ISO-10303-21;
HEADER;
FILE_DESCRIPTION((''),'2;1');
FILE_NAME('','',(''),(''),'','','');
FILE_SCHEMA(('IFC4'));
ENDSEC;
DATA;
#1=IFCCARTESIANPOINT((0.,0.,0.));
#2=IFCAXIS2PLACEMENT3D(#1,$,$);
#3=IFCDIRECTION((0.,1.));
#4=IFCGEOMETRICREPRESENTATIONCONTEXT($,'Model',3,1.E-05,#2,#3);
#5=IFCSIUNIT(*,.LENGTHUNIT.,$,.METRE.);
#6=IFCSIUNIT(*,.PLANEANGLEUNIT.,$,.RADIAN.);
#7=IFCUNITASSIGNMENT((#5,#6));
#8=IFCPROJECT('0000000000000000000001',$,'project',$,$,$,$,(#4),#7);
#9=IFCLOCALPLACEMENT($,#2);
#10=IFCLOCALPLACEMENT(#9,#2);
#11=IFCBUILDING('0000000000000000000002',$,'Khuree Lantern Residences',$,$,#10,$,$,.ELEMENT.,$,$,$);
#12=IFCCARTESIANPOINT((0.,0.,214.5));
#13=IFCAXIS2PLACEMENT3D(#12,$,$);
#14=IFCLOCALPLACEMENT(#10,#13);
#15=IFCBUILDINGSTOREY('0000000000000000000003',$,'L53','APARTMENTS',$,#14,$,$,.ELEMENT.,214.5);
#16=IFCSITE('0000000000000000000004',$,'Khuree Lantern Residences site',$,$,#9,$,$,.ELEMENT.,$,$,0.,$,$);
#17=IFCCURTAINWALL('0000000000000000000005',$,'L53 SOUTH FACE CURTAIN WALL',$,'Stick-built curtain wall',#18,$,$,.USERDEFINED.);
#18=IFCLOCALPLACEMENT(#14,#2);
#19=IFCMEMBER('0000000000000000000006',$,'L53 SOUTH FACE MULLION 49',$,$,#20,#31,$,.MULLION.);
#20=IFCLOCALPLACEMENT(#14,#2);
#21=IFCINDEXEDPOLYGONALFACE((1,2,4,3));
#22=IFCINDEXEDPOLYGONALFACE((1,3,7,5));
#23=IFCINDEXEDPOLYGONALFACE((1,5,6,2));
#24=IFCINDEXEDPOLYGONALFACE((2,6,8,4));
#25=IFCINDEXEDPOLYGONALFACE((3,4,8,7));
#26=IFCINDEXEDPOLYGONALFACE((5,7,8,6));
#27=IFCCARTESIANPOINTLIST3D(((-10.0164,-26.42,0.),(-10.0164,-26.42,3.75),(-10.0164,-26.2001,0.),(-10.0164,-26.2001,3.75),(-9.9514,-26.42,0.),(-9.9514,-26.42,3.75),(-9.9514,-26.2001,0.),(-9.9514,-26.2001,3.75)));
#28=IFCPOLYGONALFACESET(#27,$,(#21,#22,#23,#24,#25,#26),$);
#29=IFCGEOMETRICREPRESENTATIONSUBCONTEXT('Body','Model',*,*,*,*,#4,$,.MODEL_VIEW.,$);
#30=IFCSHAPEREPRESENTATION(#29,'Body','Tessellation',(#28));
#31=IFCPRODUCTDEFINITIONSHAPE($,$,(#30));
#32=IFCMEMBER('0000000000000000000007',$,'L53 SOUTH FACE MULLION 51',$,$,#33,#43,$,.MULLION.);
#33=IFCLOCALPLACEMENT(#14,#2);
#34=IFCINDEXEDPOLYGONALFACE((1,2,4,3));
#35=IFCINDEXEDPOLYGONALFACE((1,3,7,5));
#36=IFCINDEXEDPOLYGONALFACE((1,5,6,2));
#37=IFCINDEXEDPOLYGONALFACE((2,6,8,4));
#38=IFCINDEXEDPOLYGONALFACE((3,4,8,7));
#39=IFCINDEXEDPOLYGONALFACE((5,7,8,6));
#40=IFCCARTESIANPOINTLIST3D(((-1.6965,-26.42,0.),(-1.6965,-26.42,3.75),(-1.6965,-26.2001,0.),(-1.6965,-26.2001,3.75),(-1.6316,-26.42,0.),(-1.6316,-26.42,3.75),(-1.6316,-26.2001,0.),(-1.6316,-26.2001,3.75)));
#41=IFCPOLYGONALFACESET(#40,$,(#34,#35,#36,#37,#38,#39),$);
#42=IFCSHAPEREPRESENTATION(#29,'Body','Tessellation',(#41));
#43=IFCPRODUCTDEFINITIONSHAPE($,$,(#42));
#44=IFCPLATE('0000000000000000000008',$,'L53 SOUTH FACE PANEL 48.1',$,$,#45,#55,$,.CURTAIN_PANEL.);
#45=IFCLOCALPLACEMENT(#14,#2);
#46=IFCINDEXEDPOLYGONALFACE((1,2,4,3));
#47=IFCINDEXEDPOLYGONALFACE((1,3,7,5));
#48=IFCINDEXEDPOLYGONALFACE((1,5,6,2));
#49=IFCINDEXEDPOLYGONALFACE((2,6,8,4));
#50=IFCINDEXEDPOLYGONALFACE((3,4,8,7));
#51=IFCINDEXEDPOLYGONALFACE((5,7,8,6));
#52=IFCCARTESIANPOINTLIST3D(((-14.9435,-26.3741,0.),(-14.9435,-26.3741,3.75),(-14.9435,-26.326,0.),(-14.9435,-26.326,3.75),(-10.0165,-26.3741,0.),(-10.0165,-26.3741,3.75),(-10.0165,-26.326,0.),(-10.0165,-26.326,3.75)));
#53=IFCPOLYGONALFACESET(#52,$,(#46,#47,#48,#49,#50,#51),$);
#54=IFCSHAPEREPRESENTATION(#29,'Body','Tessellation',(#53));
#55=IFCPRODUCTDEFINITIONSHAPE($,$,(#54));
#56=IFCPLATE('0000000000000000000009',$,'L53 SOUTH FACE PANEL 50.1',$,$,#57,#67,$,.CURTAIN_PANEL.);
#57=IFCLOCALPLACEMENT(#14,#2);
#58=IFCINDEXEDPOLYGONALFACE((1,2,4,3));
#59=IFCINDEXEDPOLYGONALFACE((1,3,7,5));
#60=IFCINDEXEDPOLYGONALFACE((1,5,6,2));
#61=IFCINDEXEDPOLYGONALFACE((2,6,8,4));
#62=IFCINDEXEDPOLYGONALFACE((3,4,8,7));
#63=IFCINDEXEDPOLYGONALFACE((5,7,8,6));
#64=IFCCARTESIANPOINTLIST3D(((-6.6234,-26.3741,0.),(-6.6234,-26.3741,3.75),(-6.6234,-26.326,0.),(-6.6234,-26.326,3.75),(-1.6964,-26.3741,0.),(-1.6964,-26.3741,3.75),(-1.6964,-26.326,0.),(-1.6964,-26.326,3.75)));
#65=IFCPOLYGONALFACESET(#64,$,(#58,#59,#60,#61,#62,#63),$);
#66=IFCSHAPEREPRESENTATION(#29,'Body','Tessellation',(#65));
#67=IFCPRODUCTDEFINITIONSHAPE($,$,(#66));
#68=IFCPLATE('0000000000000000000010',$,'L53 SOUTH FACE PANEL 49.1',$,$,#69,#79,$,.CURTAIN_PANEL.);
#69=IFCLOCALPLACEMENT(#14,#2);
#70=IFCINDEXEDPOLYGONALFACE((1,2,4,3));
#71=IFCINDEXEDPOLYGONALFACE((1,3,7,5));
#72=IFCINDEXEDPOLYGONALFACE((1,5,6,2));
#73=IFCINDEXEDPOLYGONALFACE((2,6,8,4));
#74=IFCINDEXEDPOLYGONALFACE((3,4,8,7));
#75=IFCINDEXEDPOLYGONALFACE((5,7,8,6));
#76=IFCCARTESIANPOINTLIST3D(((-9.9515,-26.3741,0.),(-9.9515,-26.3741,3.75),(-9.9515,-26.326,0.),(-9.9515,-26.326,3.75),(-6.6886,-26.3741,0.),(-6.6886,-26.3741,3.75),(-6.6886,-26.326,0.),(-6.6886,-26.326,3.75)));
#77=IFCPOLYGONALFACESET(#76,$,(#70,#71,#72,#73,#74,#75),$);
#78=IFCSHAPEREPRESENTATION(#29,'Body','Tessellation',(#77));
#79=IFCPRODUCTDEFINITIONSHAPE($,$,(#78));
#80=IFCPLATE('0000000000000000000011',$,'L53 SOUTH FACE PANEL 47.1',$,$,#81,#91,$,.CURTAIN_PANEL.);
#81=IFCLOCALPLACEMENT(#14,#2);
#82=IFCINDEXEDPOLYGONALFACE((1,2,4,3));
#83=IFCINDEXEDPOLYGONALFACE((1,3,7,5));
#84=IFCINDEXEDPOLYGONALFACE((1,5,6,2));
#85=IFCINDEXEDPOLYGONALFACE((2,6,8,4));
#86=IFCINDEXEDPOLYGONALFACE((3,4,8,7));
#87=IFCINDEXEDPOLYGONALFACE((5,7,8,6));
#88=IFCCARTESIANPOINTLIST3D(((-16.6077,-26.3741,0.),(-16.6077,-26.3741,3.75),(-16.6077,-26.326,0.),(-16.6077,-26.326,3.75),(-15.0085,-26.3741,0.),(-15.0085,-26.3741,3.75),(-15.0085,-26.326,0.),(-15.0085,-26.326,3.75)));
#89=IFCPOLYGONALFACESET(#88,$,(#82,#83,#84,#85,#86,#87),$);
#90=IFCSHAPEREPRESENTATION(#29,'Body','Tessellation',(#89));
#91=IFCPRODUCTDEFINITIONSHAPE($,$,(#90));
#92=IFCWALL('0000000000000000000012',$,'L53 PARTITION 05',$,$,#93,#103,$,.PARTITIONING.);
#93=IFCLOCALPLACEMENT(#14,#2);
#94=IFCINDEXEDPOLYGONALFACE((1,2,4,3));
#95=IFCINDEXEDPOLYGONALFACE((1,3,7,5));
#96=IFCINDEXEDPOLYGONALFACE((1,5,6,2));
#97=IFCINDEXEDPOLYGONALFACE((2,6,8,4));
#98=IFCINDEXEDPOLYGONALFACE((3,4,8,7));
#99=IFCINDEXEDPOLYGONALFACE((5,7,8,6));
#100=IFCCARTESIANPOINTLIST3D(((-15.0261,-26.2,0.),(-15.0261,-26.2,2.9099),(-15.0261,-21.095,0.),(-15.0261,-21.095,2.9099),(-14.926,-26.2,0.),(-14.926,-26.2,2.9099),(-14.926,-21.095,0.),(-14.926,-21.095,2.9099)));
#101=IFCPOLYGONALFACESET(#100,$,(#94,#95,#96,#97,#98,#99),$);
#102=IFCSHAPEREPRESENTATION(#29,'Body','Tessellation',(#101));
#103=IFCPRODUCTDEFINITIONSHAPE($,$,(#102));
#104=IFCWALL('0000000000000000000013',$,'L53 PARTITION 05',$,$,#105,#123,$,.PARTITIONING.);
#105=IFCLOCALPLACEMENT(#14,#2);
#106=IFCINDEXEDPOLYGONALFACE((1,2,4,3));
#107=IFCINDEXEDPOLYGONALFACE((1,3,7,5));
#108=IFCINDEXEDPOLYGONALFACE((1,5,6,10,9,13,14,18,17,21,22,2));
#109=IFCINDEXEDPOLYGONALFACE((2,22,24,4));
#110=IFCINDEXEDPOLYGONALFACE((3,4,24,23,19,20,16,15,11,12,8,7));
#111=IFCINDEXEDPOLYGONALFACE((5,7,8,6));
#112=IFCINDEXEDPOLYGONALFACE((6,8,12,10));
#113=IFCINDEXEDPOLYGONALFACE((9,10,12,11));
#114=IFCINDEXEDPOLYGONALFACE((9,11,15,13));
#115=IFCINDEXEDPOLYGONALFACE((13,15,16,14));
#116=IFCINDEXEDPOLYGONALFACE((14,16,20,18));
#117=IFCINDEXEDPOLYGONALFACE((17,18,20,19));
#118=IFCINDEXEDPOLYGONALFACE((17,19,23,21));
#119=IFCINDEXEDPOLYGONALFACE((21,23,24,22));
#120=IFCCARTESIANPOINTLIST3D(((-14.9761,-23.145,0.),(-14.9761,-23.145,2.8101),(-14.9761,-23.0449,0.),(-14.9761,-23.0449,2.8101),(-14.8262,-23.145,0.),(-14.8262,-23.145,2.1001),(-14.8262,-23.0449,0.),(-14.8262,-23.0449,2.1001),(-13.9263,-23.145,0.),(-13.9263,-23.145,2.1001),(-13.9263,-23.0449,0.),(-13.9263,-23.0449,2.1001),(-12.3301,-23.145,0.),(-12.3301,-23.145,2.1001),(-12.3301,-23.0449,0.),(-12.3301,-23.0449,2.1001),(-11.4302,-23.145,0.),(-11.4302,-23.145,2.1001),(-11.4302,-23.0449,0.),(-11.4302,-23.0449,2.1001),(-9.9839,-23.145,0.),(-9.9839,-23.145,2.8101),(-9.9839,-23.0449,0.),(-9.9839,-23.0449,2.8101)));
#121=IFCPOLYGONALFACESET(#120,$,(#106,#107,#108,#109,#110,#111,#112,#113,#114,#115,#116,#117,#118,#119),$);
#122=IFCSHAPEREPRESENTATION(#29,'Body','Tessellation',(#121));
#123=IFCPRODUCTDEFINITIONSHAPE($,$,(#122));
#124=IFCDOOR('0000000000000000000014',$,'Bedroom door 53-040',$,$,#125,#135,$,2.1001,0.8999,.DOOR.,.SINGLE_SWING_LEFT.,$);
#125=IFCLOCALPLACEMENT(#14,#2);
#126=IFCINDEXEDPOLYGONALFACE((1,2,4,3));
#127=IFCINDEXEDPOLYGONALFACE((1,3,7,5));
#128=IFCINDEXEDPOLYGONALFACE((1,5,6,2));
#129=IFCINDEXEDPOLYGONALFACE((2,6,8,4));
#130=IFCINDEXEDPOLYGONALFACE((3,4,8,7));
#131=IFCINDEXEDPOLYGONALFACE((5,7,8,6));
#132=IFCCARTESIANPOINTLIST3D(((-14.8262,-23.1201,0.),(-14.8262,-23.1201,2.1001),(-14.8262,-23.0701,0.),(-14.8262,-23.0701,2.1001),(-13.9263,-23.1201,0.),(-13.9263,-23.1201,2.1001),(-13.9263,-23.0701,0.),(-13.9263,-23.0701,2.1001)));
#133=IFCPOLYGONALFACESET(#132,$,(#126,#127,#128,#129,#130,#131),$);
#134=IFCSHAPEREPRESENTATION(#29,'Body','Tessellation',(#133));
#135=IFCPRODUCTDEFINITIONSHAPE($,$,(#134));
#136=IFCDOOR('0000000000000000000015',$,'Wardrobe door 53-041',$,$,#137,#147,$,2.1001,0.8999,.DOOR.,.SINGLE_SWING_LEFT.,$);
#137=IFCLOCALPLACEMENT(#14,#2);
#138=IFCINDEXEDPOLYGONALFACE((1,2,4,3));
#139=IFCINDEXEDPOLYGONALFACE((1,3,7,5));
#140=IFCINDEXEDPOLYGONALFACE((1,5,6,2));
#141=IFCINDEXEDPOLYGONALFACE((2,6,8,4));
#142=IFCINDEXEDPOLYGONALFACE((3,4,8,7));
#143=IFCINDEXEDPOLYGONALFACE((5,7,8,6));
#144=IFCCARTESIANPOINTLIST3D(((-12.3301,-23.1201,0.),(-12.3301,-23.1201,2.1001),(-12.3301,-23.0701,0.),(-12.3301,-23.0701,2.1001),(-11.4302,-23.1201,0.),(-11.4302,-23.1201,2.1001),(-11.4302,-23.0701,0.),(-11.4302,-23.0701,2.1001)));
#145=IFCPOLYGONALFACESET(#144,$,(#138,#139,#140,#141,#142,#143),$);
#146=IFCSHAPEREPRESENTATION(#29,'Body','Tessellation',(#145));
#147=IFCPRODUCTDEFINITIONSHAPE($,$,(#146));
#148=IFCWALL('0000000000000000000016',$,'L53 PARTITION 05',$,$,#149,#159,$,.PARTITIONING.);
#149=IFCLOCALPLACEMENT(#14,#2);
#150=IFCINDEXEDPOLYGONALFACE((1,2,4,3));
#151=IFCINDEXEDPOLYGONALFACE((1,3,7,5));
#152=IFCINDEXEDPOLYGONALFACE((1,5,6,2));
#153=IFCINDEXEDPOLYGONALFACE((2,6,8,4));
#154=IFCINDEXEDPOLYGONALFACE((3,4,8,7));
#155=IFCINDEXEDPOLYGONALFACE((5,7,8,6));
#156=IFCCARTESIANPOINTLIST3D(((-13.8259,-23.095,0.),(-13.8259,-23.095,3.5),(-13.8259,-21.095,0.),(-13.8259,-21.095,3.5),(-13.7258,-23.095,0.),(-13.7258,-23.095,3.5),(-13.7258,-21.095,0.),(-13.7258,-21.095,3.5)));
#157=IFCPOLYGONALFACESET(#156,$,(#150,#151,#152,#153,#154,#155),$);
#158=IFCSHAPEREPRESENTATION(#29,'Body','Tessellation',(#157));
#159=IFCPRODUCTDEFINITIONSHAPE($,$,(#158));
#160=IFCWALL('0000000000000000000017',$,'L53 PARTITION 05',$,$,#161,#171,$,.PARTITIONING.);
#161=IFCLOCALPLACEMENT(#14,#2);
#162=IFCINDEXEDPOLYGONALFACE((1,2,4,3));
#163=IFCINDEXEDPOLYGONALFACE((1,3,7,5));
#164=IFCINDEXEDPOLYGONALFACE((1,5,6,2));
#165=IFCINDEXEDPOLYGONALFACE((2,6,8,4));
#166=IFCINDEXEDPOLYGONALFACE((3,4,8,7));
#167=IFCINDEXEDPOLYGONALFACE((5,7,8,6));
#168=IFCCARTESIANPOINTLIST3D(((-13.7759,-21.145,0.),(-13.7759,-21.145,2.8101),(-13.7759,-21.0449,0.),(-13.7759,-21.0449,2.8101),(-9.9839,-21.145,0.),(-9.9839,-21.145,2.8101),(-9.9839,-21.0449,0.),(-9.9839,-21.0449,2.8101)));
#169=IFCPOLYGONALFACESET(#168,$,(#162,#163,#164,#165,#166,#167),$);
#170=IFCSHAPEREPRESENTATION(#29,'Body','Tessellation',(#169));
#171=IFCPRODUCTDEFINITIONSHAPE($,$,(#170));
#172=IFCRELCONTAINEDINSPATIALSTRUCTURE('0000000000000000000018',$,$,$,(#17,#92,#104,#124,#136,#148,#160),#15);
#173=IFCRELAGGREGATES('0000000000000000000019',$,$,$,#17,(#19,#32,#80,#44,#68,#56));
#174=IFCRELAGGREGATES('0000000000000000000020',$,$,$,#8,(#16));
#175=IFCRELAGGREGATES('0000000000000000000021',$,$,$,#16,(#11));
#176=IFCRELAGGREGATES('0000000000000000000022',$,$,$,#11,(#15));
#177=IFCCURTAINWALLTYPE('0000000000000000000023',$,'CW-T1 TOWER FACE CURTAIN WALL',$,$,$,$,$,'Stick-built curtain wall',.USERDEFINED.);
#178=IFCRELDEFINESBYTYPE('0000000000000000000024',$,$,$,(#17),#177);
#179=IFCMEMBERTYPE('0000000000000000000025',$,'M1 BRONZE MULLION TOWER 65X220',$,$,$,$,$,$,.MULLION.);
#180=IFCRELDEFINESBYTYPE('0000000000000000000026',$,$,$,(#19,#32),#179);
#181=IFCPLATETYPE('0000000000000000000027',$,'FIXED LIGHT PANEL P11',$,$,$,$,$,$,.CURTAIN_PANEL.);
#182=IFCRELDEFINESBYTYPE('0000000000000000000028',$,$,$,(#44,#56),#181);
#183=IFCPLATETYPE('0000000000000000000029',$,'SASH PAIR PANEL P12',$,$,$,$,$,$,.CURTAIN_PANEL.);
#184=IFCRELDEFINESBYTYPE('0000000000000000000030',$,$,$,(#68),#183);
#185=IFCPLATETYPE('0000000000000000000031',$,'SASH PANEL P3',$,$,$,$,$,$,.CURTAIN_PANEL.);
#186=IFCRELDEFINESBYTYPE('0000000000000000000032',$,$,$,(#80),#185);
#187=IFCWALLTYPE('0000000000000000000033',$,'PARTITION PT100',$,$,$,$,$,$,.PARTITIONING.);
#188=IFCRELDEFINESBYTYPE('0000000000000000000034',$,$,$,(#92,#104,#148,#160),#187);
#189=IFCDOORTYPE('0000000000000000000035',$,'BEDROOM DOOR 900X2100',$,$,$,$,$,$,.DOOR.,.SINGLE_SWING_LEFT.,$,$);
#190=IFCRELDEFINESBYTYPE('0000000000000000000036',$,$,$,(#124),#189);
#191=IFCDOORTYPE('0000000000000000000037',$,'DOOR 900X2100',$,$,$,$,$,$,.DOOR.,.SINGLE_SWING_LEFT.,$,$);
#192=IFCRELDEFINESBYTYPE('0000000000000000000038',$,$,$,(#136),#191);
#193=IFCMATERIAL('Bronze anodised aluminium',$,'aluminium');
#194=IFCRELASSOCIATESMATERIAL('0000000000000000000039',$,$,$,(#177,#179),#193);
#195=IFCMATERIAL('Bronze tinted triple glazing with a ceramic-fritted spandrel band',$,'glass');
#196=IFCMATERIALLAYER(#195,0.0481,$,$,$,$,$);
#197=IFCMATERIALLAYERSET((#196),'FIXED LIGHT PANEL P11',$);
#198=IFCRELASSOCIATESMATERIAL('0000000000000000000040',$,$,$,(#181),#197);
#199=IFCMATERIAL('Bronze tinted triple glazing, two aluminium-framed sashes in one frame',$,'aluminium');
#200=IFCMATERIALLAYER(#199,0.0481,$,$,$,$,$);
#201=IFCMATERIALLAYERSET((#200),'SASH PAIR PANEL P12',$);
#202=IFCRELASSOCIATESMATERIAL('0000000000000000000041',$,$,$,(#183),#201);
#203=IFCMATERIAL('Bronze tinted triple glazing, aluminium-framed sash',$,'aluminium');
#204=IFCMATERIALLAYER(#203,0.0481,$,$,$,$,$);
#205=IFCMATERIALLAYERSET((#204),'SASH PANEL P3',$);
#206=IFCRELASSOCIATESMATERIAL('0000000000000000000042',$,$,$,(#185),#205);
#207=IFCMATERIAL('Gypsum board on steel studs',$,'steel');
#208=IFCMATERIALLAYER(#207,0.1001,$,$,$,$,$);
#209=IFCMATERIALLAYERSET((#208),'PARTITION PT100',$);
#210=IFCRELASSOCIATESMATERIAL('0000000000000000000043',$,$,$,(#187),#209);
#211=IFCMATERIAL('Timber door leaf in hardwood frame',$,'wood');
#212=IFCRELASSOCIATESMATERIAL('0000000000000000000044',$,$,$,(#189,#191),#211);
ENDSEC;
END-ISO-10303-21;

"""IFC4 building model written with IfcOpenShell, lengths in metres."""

from ifc_helpers import new_model, si_unit, direction, frame, frame_2d, origin, origin_2d, place, context, subcontext, project, spatial, rectangle, extrude, material, layer, layer_set, material_profile, profile_set, type_object, element, fill, aggregate, save


model = new_model("IFC4")

# Units and contexts
model_context = context("Model", 3, precision=1e-05, world=origin(), true_north=direction((0.0, 1.0)))
body_context = subcontext(model_context, "Body", "Model", "MODEL_VIEW")
ifc_project = project(units=[si_unit("LENGTHUNIT", "METRE"), si_unit("PLANEANGLEUNIT", "RADIAN")], contexts=[model_context])

# Site, building, storey
site_placement = place(None, origin())
site = spatial("IfcSite", under=ifc_project, at=site_placement, Name="Khuree Lantern Residences site", CompositionType="ELEMENT", RefElevation=0.0)
building_placement = place(site_placement, origin())
building = spatial("IfcBuilding", under=site, at=building_placement, Name="Khuree Lantern Residences", CompositionType="ELEMENT")
storey_placement = place(building_placement, frame((0.0, 0.0, 214.5)))
storey = spatial("IfcBuildingStorey", under=building, at=storey_placement, Name="L53", Description="APARTMENTS", CompositionType="ELEMENT", Elevation=214.5)

# Curtain wall
ifc_material_1 = material(Name="Bronze anodised aluminium", Category="aluminium")
curtain_wall_type = type_object("IfcCurtainWallType", Name="CW-T1 TOWER FACE CURTAIN WALL", ElementType="Stick-built curtain wall", PredefinedType="USERDEFINED", material=ifc_material_1)
curtain_wall_placement = place(storey_placement, origin())
curtain_wall = element("IfcCurtainWall", 1, at=curtain_wall_placement, inside=storey, type_object=curtain_wall_type, Name="L53 SOUTH FACE CURTAIN WALL", ObjectType="Stick-built curtain wall", PredefinedType="USERDEFINED")

# Members
ifc_material_profile_1 = material_profile(ifc_material_1, rectangle(XDim=0.0649, YDim=0.22, at=origin_2d()), Name="M1 65X220")
ifc_profile_set_1 = profile_set([ifc_material_profile_1], Name="Bronze anodised aluminium")
member_type_1 = type_object("IfcMemberType", Name="M1 BRONZE MULLION TOWER 65X220", PredefinedType="MULLION", material=ifc_profile_set_1)
member_1_placement = place(storey_placement, frame((-9.9839, -26.3101, 0.0), z_axis=(0.0, 0.0, 1.0), x_axis=(1.0, 0.0, 0.0)))
member_1 = element("IfcMember", 2, at=member_1_placement, type_object=member_type_1, Name="L53 SOUTH FACE MULLION 49", PredefinedType="MULLION", context=body_context, shape_type="SweptSolid", body=[
    extrude(rectangle(XDim=0.0649, YDim=0.22, at=origin_2d()), origin(), (0.0, 0.0, 1.0), 3.75),
])
member_2_placement = place(storey_placement, frame((-1.6641, -26.3101, 0.0), z_axis=(0.0, 0.0, 1.0), x_axis=(1.0, 0.0, 0.0)))
member_2 = element("IfcMember", 3, at=member_2_placement, type_object=member_type_1, Name="L53 SOUTH FACE MULLION 51", PredefinedType="MULLION", context=body_context, shape_type="SweptSolid", body=[
    extrude(rectangle(XDim=0.0649, YDim=0.22, at=origin_2d()), origin(), (0.0, 0.0, 1.0), 3.75),
])

# Plates
ifc_material_2 = material(Name="Bronze tinted triple glazing with a ceramic-fritted spandrel band", Category="glass")
ifc_layer_1 = layer(ifc_material_2, 0.0481)
ifc_layer_set_1 = layer_set([ifc_layer_1], Name="FIXED LIGHT PANEL P11")
plate_type_1 = type_object("IfcPlateType", Name="FIXED LIGHT PANEL P11", PredefinedType="CURTAIN_PANEL", material=ifc_layer_set_1)
plate_1_placement = place(storey_placement, frame((-12.48, -26.3501, 0.0), z_axis=(0.0, 0.0, 1.0), x_axis=(1.0, 0.0, 0.0)))
plate_1 = element("IfcPlate", 4, at=plate_1_placement, type_object=plate_type_1, Name="L53 SOUTH FACE PANEL 48.1", PredefinedType="CURTAIN_PANEL", context=body_context, shape_type="SweptSolid", body=[
    extrude(rectangle(XDim=4.927, YDim=0.0481, at=origin_2d()), origin(), (0.0, 0.0, 1.0), 3.75),
])
plate_2_placement = place(storey_placement, frame((-4.1599, -26.3501, 0.0), z_axis=(0.0, 0.0, 1.0), x_axis=(1.0, 0.0, 0.0)))
plate_2 = element("IfcPlate", 5, at=plate_2_placement, type_object=plate_type_1, Name="L53 SOUTH FACE PANEL 50.1", PredefinedType="CURTAIN_PANEL", context=body_context, shape_type="SweptSolid", body=[
    extrude(rectangle(XDim=4.927, YDim=0.0481, at=origin_2d()), origin(), (0.0, 0.0, 1.0), 3.75),
])
ifc_material_3 = material(Name="Bronze tinted triple glazing, two aluminium-framed sashes in one frame", Category="aluminium")
ifc_layer_2 = layer(ifc_material_3, 0.0481)
ifc_layer_set_2 = layer_set([ifc_layer_2], Name="SASH PAIR PANEL P12")
plate_type_2 = type_object("IfcPlateType", Name="SASH PAIR PANEL P12", PredefinedType="CURTAIN_PANEL", material=ifc_layer_set_2)
plate_3_placement = place(storey_placement, frame((-8.3201, -26.3501, 0.0), z_axis=(0.0, 0.0, 1.0), x_axis=(1.0, 0.0, 0.0)))
plate_3 = element("IfcPlate", 6, at=plate_3_placement, type_object=plate_type_2, Name="L53 SOUTH FACE PANEL 49.1", PredefinedType="CURTAIN_PANEL", context=body_context, shape_type="SweptSolid", body=[
    extrude(rectangle(XDim=3.2629, YDim=0.0481, at=origin_2d()), origin(), (0.0, 0.0, 1.0), 3.75),
])
ifc_material_4 = material(Name="Bronze tinted triple glazing, aluminium-framed sash", Category="aluminium")
ifc_layer_3 = layer(ifc_material_4, 0.0481)
ifc_layer_set_3 = layer_set([ifc_layer_3], Name="SASH PANEL P3")
plate_type_3 = type_object("IfcPlateType", Name="SASH PANEL P3", PredefinedType="CURTAIN_PANEL", material=ifc_layer_set_3)
plate_4_placement = place(storey_placement, frame((-15.8081, -26.3501, 0.0), z_axis=(0.0, 0.0, 1.0), x_axis=(1.0, 0.0, 0.0)))
plate_4 = element("IfcPlate", 7, at=plate_4_placement, type_object=plate_type_3, Name="L53 SOUTH FACE PANEL 47.1", PredefinedType="CURTAIN_PANEL", context=body_context, shape_type="SweptSolid", body=[
    extrude(rectangle(XDim=1.5991, YDim=0.0481, at=origin_2d()), origin(), (0.0, 0.0, 1.0), 3.75),
])
aggregate(curtain_wall, [member_1, member_2, plate_4, plate_1, plate_3, plate_2])

# Wall
ifc_material_5 = material(Name="Gypsum board on steel studs", Category="steel")
ifc_layer_4 = layer(ifc_material_5, 0.1001)
ifc_layer_set_4 = layer_set([ifc_layer_4], Name="PARTITION PT100")
wall_type = type_object("IfcWallType", Name="PARTITION PT100", PredefinedType="PARTITIONING", material=ifc_layer_set_4)
wall_1_placement = place(storey_placement, frame((-14.9761, -21.095, 0.0), z_axis=(0.0, 0.0, 1.0), x_axis=(0.0, -1.0, 0.0)))
element("IfcWall", 8, at=wall_1_placement, inside=storey, type_object=wall_type, Name="L53 PARTITION 05", PredefinedType="PARTITIONING", context=body_context, shape_type="SweptSolid", body=[
    extrude(rectangle(XDim=5.105, YDim=0.1001, at=frame_2d((2.5525, 0.0))), origin(), (0.0, 0.0, 1.0), 2.9099),
])

# Wall, openings, doors
wall_2_placement = place(storey_placement, frame((-14.9761, -23.095, 0.0), z_axis=(0.0, 0.0, 1.0), x_axis=(1.0, 0.0, 0.0)))
wall_2 = element("IfcWall", 9, at=wall_2_placement, inside=storey, type_object=wall_type, Name="L53 PARTITION 05", PredefinedType="PARTITIONING", context=body_context, shape_type="SweptSolid", body=[
    extrude(rectangle(XDim=4.9922, YDim=0.1001, at=frame_2d((2.4961, 0.0))), origin(), (0.0, 0.0, 1.0), 2.8101),
])
opening_1_placement = place(wall_2_placement, frame((0.1499, 0.0, 0.0)))
opening_1 = element("IfcOpeningElement", 10, at=opening_1_placement, cuts=wall_2, PredefinedType="OPENING", context=body_context, shape_type="SweptSolid", body=[
    extrude(rectangle(XDim=0.8999, YDim=2.1001, at=frame_2d((0.45, 1.05))), frame((0.0, 0.0601, 0.0), z_axis=(0.0, -1.0, 0.0), x_axis=(1.0, 0.0, 0.0)), (0.0, 0.0, 1.0), 0.1201),
])
opening_2_placement = place(wall_2_placement, frame((2.646, 0.0, 0.0)))
opening_2 = element("IfcOpeningElement", 11, at=opening_2_placement, cuts=wall_2, PredefinedType="OPENING", context=body_context, shape_type="SweptSolid", body=[
    extrude(rectangle(XDim=0.8999, YDim=2.1001, at=frame_2d((0.45, 1.05))), frame((0.0, 0.0601, 0.0), z_axis=(0.0, -1.0, 0.0), x_axis=(1.0, 0.0, 0.0)), (0.0, 0.0, 1.0), 0.1201),
])
ifc_material_6 = material(Name="Timber door leaf in hardwood frame", Category="wood")
door_type_1 = type_object("IfcDoorType", Name="BEDROOM DOOR 900X2100", OperationType="SINGLE_SWING_LEFT", PredefinedType="DOOR", material=ifc_material_6)
door_1_placement = place(opening_1_placement, origin())
door_1 = element("IfcDoor", 12, at=door_1_placement, inside=storey, type_object=door_type_1, Name="Bedroom door 53-040", OperationType="SINGLE_SWING_LEFT", OverallHeight=2.1001, OverallWidth=0.8999, PredefinedType="DOOR", context=body_context, shape_type="SweptSolid", body=[
    extrude(rectangle(XDim=0.8999, YDim=2.1001, at=frame_2d((0.45, 1.05))), frame((0.0, 0.0249, 0.0), z_axis=(0.0, -1.0, 0.0), x_axis=(1.0, 0.0, 0.0)), (0.0, 0.0, 1.0), 0.05),
])
fill(opening_1, door_1)
door_type_2 = type_object("IfcDoorType", Name="DOOR 900X2100", OperationType="SINGLE_SWING_LEFT", PredefinedType="DOOR", material=ifc_material_6)
door_2_placement = place(opening_2_placement, origin())
door_2 = element("IfcDoor", 13, at=door_2_placement, inside=storey, type_object=door_type_2, Name="Wardrobe door 53-041", OperationType="SINGLE_SWING_LEFT", OverallHeight=2.1001, OverallWidth=0.8999, PredefinedType="DOOR", context=body_context, shape_type="SweptSolid", body=[
    extrude(rectangle(XDim=0.8999, YDim=2.1001, at=frame_2d((0.45, 1.05))), frame((0.0, 0.0249, 0.0), z_axis=(0.0, -1.0, 0.0), x_axis=(1.0, 0.0, 0.0)), (0.0, 0.0, 1.0), 0.05),
])
fill(opening_2, door_2)

# Walls
wall_3_placement = place(storey_placement, frame((-13.7759, -21.095, 0.0), z_axis=(0.0, 0.0, 1.0), x_axis=(0.0, -1.0, 0.0)))
element("IfcWall", 14, at=wall_3_placement, inside=storey, type_object=wall_type, Name="L53 PARTITION 05", PredefinedType="PARTITIONING", context=body_context, shape_type="SweptSolid", body=[
    extrude(rectangle(XDim=2.0, YDim=0.1001, at=frame_2d((1.0, 0.0))), origin(), (0.0, 0.0, 1.0), 3.5),
])
wall_4_placement = place(storey_placement, frame((-13.7759, -21.095, 0.0), z_axis=(0.0, 0.0, 1.0), x_axis=(1.0, 0.0, 0.0)))
element("IfcWall", 15, at=wall_4_placement, inside=storey, type_object=wall_type, Name="L53 PARTITION 05", PredefinedType="PARTITIONING", context=body_context, shape_type="SweptSolid", body=[
    extrude(rectangle(XDim=3.792, YDim=0.1001, at=frame_2d((1.896, 0.0))), origin(), (0.0, 0.0, 1.0), 2.8101),
])

save(model, "model.ifc")
